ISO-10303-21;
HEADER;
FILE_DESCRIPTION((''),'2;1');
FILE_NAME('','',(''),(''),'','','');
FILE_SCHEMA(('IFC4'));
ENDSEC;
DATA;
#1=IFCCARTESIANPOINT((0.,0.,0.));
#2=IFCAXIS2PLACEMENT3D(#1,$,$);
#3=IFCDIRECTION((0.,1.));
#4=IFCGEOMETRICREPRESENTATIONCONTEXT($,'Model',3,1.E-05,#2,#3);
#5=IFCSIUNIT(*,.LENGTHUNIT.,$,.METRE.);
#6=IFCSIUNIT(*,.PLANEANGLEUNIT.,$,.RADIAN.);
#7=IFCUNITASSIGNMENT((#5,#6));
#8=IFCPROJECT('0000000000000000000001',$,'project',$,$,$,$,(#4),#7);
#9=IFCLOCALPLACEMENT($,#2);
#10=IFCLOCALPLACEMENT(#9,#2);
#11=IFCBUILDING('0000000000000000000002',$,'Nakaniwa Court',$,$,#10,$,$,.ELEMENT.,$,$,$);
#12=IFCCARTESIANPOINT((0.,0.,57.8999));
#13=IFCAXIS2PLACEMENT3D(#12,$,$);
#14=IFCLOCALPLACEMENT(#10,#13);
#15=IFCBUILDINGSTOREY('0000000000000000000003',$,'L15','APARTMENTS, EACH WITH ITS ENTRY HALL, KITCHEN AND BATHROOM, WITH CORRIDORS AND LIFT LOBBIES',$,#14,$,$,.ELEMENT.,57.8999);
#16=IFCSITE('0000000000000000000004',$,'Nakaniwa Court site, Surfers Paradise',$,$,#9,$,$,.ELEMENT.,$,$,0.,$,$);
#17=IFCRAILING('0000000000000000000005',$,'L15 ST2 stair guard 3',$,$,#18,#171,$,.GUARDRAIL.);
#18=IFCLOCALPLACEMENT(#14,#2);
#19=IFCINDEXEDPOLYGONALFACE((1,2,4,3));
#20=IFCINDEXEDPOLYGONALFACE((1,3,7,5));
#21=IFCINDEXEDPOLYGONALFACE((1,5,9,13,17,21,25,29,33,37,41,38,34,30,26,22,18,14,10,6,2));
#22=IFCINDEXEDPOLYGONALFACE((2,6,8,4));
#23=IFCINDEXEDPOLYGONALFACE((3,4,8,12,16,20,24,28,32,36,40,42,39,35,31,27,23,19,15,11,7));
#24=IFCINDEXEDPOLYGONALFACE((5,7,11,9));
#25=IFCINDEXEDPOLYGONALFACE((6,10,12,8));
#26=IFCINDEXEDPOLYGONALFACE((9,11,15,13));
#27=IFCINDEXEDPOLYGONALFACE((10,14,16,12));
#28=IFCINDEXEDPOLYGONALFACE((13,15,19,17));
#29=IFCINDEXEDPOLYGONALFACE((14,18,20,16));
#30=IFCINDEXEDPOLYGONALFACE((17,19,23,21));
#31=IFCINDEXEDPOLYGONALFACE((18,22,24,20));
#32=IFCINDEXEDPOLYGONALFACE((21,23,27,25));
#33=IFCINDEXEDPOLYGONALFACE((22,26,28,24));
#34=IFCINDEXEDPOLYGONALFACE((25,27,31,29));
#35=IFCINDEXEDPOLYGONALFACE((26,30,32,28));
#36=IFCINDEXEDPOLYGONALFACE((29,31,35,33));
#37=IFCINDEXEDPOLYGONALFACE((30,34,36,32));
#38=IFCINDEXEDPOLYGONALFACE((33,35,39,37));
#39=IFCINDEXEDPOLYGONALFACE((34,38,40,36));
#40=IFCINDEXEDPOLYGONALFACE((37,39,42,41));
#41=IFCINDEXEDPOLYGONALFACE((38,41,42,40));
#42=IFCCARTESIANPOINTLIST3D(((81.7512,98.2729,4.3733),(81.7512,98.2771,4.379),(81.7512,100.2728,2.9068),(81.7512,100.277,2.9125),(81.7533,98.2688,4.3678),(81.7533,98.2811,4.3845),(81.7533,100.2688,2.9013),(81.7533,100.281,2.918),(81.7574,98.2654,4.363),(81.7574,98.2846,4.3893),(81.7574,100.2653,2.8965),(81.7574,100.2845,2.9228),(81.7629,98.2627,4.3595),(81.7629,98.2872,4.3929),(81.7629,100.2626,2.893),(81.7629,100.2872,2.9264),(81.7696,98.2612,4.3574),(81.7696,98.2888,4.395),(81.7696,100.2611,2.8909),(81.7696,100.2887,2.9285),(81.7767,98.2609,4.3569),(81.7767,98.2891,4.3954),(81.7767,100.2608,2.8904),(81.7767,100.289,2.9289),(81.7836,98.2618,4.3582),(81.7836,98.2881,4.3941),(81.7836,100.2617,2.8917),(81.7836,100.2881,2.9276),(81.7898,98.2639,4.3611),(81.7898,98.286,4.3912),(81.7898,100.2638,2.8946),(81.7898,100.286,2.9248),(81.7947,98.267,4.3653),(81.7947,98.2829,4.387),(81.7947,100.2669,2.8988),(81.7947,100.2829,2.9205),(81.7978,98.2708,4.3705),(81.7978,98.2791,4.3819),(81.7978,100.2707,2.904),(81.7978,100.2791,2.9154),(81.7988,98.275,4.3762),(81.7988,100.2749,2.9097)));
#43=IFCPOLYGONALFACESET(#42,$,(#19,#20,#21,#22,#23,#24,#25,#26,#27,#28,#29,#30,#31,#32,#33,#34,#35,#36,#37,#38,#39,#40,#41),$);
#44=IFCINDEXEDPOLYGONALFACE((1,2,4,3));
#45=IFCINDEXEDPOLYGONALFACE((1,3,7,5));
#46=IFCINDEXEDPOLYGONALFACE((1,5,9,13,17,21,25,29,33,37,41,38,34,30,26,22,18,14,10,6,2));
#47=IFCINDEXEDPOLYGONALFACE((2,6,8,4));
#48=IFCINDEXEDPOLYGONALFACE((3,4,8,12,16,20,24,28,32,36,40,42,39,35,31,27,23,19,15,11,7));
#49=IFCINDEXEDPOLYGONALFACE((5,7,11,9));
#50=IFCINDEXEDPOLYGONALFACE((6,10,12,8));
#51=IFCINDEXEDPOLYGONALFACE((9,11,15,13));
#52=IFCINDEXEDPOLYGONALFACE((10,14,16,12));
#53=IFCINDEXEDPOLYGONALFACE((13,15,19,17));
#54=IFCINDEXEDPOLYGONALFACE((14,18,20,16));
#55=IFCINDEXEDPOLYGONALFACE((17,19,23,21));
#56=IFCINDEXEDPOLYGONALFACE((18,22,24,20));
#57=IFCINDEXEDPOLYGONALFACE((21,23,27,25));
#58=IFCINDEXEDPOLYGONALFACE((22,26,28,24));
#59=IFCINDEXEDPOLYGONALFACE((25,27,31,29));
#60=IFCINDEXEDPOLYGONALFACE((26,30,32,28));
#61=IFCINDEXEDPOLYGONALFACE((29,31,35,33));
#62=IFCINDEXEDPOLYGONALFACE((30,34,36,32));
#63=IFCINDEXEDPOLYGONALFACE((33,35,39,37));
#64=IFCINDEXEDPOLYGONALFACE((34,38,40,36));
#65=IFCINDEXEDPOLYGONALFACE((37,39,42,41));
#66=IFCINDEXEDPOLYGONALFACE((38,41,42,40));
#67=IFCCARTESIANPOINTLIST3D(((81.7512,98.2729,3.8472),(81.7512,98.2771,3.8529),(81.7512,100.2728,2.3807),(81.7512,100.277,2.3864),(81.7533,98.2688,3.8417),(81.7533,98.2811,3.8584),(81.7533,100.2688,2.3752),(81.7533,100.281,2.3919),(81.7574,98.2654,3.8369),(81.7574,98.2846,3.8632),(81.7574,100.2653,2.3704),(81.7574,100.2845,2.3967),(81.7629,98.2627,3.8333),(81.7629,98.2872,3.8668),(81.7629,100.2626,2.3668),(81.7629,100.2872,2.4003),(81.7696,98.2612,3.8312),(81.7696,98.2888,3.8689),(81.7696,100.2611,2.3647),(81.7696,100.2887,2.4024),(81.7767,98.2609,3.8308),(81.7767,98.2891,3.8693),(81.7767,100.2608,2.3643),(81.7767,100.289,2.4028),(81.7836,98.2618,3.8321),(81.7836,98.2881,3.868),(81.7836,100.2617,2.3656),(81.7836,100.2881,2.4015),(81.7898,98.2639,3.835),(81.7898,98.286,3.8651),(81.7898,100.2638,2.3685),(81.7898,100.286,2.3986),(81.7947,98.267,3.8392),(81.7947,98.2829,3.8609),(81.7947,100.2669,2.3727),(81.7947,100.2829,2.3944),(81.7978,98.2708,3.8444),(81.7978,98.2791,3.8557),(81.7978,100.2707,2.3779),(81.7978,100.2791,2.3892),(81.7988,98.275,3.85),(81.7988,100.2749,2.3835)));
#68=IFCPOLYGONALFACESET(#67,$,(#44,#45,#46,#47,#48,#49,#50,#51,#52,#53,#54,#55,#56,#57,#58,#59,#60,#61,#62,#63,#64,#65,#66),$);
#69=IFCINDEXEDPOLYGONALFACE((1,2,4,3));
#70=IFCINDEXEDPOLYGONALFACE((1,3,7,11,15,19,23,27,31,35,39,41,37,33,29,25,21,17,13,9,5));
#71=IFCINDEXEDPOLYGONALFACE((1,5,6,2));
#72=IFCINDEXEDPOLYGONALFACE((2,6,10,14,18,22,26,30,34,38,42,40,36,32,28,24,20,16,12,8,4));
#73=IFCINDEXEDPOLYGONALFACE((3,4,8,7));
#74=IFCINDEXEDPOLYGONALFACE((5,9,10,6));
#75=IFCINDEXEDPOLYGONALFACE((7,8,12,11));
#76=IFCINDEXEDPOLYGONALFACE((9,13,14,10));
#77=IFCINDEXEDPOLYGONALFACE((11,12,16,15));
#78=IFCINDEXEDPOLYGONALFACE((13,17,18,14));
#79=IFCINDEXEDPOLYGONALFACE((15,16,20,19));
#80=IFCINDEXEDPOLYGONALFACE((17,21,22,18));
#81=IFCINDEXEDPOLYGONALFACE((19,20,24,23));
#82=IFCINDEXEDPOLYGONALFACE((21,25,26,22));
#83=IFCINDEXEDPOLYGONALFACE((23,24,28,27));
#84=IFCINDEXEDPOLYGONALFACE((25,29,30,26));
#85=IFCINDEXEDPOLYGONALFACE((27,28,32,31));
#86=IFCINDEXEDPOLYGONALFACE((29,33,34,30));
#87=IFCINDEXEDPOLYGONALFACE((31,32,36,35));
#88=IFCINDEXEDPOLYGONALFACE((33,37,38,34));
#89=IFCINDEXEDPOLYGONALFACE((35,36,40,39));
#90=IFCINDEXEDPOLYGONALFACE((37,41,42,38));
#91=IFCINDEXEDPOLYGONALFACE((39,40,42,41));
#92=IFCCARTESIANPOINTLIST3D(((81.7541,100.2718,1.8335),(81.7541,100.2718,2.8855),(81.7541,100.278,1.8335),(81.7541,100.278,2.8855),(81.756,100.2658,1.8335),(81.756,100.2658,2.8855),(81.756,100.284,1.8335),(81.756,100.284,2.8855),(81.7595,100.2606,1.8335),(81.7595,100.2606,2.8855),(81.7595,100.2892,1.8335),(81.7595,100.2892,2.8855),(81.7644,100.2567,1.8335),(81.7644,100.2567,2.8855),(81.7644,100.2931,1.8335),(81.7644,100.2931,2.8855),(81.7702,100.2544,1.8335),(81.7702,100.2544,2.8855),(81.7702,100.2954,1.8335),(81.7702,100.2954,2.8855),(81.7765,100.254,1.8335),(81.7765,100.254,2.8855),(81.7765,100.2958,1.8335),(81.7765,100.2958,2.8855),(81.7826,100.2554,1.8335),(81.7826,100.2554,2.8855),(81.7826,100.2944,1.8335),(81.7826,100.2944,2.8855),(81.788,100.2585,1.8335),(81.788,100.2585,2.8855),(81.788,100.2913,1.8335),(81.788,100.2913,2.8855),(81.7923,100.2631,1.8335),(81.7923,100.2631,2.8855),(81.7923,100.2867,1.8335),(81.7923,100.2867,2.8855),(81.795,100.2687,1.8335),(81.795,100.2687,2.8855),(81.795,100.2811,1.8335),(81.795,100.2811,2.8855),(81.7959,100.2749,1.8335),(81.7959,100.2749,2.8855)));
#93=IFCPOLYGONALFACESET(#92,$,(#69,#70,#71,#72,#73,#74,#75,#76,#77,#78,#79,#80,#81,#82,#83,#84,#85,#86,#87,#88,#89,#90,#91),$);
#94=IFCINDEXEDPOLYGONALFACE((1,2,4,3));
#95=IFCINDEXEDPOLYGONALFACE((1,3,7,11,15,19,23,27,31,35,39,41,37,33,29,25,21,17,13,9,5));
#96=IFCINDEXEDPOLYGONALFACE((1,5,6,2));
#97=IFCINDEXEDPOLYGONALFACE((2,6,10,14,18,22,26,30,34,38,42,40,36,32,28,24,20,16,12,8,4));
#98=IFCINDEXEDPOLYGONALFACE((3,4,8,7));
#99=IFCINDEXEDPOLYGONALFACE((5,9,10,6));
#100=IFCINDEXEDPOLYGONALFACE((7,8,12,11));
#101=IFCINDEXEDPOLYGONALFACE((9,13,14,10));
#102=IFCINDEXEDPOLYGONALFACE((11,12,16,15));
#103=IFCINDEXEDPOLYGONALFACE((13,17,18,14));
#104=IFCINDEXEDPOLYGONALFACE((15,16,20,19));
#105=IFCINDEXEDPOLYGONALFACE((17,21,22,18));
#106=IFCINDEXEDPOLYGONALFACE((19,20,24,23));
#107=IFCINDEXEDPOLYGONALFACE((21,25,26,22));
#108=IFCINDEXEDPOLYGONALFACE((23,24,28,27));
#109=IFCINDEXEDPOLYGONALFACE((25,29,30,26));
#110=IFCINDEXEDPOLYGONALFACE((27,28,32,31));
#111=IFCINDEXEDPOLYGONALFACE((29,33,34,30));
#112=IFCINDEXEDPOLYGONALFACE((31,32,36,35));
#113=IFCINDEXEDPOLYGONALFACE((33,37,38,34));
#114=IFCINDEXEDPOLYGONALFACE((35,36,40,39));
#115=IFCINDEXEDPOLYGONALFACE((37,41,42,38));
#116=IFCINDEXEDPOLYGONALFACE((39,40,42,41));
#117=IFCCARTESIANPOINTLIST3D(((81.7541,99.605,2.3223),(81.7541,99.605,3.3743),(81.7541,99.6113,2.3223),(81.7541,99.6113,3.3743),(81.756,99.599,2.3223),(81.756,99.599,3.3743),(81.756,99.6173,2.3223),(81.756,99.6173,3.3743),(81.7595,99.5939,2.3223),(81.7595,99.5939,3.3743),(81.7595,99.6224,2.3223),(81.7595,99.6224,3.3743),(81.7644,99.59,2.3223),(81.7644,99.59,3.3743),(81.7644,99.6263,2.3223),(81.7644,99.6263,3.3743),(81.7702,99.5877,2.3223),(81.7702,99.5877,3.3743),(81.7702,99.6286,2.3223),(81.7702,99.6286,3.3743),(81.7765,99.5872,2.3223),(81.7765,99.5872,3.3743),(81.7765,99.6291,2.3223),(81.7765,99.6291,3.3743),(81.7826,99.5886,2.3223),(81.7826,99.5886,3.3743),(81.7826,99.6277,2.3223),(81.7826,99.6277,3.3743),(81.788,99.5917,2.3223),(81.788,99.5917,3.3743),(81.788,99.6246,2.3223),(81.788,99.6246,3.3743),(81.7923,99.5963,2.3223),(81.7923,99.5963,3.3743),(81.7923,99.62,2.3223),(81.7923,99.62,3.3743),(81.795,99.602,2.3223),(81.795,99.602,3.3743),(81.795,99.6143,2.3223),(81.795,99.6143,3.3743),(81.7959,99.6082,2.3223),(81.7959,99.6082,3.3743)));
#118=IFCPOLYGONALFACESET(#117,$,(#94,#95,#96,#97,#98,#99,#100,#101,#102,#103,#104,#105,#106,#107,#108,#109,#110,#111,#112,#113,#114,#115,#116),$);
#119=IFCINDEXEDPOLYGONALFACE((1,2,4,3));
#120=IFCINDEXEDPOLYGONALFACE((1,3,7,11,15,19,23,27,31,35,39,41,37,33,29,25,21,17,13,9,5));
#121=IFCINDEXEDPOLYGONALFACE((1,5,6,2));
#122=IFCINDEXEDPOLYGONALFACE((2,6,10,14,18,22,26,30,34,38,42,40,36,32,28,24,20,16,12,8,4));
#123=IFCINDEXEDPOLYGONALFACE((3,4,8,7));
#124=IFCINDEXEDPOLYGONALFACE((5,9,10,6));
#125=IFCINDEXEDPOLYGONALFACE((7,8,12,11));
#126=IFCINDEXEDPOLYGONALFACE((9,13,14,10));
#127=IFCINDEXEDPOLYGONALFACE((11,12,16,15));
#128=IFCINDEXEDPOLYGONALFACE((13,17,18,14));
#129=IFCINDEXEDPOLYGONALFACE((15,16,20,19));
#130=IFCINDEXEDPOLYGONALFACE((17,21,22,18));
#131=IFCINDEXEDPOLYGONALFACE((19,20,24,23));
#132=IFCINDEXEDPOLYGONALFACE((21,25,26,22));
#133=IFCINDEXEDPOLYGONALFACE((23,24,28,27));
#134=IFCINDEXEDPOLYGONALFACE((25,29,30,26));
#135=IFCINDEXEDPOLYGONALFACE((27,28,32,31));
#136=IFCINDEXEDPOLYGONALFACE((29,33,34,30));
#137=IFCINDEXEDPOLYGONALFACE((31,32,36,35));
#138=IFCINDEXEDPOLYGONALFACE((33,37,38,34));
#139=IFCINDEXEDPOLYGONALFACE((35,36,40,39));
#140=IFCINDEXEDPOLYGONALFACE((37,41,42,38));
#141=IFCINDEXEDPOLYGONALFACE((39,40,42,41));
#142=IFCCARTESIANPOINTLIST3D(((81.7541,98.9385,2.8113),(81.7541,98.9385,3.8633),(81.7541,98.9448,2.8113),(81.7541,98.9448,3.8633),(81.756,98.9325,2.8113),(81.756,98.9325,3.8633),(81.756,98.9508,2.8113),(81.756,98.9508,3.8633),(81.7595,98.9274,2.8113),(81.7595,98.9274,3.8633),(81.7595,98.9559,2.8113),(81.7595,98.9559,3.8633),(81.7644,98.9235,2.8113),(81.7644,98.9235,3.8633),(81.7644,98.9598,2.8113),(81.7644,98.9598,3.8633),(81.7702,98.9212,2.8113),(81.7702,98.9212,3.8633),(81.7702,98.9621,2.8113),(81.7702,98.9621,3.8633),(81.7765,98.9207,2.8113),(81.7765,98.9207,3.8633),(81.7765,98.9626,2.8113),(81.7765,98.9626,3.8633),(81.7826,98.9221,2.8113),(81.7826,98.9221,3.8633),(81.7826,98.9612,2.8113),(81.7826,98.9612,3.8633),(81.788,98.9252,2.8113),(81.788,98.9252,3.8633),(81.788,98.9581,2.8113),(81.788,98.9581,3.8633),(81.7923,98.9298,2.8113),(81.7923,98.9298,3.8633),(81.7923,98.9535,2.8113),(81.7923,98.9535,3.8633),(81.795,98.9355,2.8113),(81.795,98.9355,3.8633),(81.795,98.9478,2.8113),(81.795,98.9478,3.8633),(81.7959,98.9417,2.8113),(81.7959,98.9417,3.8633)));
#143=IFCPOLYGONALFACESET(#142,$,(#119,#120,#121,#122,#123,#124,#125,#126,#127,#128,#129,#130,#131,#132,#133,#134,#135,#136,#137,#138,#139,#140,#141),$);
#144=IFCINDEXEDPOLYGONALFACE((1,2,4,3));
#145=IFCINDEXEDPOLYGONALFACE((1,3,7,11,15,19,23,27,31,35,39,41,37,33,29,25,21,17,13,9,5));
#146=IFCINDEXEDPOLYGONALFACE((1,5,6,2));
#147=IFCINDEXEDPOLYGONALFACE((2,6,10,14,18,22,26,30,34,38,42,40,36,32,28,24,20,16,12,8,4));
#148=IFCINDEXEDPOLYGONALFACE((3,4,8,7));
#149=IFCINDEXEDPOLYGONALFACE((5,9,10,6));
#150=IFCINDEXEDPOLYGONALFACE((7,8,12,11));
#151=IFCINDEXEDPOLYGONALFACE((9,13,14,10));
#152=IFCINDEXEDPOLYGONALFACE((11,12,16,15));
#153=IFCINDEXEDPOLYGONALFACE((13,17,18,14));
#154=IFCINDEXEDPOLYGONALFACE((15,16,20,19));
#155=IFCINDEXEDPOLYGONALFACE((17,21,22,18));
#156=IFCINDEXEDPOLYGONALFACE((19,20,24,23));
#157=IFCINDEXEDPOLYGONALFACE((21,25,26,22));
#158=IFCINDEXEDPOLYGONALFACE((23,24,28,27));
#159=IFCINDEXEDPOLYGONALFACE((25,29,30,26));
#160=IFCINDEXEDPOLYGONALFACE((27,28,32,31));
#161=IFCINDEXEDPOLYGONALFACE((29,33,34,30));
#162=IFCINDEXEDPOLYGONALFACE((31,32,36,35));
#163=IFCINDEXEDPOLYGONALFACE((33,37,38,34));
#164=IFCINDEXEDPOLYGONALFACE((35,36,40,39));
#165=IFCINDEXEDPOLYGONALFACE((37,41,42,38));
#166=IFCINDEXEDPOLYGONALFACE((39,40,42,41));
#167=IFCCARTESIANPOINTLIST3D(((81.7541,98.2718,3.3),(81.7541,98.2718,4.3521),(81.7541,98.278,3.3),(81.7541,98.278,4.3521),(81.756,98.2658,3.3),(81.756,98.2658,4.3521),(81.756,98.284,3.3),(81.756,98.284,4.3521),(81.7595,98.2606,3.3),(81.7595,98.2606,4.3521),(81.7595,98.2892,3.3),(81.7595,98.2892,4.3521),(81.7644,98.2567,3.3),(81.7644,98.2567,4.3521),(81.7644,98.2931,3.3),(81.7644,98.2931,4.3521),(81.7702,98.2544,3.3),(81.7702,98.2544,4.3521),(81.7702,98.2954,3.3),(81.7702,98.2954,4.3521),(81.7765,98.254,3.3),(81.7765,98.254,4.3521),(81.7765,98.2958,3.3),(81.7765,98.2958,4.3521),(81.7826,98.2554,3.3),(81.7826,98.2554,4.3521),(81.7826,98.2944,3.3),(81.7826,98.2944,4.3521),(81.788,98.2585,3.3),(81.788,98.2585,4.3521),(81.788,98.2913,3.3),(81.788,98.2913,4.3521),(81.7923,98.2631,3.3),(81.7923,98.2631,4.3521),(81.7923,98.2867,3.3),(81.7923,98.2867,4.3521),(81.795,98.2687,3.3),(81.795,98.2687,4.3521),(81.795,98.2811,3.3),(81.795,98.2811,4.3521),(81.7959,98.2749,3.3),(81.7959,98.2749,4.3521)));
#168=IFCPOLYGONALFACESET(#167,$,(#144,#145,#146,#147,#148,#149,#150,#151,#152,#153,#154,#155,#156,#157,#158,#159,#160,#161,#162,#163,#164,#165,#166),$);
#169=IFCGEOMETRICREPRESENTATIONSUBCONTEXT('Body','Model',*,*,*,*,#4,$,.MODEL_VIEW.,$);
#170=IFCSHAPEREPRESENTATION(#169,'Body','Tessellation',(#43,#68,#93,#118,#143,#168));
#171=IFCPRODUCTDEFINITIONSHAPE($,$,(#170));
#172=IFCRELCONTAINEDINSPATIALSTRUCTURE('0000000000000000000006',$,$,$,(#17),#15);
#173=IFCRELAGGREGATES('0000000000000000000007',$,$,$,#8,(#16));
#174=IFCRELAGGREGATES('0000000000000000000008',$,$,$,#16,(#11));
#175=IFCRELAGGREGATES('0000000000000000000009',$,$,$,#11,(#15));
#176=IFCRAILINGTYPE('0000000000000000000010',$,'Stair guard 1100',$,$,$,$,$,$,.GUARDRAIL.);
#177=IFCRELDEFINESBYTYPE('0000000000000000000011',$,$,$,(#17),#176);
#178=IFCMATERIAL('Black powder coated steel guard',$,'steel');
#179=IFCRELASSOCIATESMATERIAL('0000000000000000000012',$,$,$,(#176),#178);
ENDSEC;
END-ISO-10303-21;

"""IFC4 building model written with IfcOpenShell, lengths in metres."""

from ifc_helpers import new_model, si_unit, direction, frame, origin, origin_2d, place, context, subcontext, project, spatial, circle, extrude, material, type_object, element, save


model = new_model("IFC4")

# Units and contexts
model_context = context("Model", 3, precision=1e-05, world=origin(), true_north=direction((0.0, 1.0)))
body_context = subcontext(model_context, "Body", "Model", "MODEL_VIEW")
ifc_project = project(units=[si_unit("LENGTHUNIT", "METRE"), si_unit("PLANEANGLEUNIT", "RADIAN")], contexts=[model_context])

# Site, building, storey
site_placement = place(None, origin())
site = spatial("IfcSite", under=ifc_project, at=site_placement, Name="Nakaniwa Court site, Surfers Paradise", CompositionType="ELEMENT", RefElevation=0.0)
building_placement = place(site_placement, origin())
building = spatial("IfcBuilding", under=site, at=building_placement, Name="Nakaniwa Court", CompositionType="ELEMENT")
storey_placement = place(building_placement, frame((0.0, 0.0, 57.8999)))
storey = spatial("IfcBuildingStorey", under=building, at=storey_placement, Name="L15", Description="APARTMENTS, EACH WITH ITS ENTRY HALL, KITCHEN AND BATHROOM, WITH CORRIDORS AND LIFT LOBBIES", CompositionType="ELEMENT", Elevation=57.8999)

# Railing
ifc_material_1 = material(Name="Black powder coated steel guard", Category="steel")
railing_type_1 = type_object("IfcRailingType", Name="Stair guard 1100", PredefinedType="GUARDRAIL", material=ifc_material_1)
railing_1_placement = place(storey_placement, frame((81.7749, 100.2749, 1.8335)))
element("IfcRailing", 1, at=railing_1_placement, inside=storey, type_object=railing_type_1, Name="L15 ST2 stair guard 3", PredefinedType="GUARDRAIL", context=body_context, shape_type="SweptSolid", body=[
    extrude(circle(Radius=0.0239, at=origin_2d()), frame((0.0, 0.0, 1.0762), z_axis=(0.0, -0.806427, 0.591334), x_axis=(1.0, 0.0, 0.0)), (0.0, 0.0, 1.0), 2.48),
    extrude(circle(Radius=0.0239, at=origin_2d()), frame((0.0, 0.0, 0.55), z_axis=(0.0, -0.806427, 0.591334), x_axis=(1.0, 0.0, 0.0)), (0.0, 0.0, 1.0), 2.48),
    extrude(circle(Radius=0.021, at=origin_2d()), origin(), (0.0, 0.0, 1.0), 1.052),
    extrude(circle(Radius=0.021, at=origin_2d()), frame((0.0, -0.6667, 0.4888)), (0.0, 0.0, 1.0), 1.052),
    extrude(circle(Radius=0.021, at=origin_2d()), frame((0.0, -1.3333, 0.9778)), (0.0, 0.0, 1.0), 1.052),
    extrude(circle(Radius=0.021, at=origin_2d()), frame((0.0, -2.0, 1.4666)), (0.0, 0.0, 1.0), 1.052),
])

save(model, "model.ifc")
